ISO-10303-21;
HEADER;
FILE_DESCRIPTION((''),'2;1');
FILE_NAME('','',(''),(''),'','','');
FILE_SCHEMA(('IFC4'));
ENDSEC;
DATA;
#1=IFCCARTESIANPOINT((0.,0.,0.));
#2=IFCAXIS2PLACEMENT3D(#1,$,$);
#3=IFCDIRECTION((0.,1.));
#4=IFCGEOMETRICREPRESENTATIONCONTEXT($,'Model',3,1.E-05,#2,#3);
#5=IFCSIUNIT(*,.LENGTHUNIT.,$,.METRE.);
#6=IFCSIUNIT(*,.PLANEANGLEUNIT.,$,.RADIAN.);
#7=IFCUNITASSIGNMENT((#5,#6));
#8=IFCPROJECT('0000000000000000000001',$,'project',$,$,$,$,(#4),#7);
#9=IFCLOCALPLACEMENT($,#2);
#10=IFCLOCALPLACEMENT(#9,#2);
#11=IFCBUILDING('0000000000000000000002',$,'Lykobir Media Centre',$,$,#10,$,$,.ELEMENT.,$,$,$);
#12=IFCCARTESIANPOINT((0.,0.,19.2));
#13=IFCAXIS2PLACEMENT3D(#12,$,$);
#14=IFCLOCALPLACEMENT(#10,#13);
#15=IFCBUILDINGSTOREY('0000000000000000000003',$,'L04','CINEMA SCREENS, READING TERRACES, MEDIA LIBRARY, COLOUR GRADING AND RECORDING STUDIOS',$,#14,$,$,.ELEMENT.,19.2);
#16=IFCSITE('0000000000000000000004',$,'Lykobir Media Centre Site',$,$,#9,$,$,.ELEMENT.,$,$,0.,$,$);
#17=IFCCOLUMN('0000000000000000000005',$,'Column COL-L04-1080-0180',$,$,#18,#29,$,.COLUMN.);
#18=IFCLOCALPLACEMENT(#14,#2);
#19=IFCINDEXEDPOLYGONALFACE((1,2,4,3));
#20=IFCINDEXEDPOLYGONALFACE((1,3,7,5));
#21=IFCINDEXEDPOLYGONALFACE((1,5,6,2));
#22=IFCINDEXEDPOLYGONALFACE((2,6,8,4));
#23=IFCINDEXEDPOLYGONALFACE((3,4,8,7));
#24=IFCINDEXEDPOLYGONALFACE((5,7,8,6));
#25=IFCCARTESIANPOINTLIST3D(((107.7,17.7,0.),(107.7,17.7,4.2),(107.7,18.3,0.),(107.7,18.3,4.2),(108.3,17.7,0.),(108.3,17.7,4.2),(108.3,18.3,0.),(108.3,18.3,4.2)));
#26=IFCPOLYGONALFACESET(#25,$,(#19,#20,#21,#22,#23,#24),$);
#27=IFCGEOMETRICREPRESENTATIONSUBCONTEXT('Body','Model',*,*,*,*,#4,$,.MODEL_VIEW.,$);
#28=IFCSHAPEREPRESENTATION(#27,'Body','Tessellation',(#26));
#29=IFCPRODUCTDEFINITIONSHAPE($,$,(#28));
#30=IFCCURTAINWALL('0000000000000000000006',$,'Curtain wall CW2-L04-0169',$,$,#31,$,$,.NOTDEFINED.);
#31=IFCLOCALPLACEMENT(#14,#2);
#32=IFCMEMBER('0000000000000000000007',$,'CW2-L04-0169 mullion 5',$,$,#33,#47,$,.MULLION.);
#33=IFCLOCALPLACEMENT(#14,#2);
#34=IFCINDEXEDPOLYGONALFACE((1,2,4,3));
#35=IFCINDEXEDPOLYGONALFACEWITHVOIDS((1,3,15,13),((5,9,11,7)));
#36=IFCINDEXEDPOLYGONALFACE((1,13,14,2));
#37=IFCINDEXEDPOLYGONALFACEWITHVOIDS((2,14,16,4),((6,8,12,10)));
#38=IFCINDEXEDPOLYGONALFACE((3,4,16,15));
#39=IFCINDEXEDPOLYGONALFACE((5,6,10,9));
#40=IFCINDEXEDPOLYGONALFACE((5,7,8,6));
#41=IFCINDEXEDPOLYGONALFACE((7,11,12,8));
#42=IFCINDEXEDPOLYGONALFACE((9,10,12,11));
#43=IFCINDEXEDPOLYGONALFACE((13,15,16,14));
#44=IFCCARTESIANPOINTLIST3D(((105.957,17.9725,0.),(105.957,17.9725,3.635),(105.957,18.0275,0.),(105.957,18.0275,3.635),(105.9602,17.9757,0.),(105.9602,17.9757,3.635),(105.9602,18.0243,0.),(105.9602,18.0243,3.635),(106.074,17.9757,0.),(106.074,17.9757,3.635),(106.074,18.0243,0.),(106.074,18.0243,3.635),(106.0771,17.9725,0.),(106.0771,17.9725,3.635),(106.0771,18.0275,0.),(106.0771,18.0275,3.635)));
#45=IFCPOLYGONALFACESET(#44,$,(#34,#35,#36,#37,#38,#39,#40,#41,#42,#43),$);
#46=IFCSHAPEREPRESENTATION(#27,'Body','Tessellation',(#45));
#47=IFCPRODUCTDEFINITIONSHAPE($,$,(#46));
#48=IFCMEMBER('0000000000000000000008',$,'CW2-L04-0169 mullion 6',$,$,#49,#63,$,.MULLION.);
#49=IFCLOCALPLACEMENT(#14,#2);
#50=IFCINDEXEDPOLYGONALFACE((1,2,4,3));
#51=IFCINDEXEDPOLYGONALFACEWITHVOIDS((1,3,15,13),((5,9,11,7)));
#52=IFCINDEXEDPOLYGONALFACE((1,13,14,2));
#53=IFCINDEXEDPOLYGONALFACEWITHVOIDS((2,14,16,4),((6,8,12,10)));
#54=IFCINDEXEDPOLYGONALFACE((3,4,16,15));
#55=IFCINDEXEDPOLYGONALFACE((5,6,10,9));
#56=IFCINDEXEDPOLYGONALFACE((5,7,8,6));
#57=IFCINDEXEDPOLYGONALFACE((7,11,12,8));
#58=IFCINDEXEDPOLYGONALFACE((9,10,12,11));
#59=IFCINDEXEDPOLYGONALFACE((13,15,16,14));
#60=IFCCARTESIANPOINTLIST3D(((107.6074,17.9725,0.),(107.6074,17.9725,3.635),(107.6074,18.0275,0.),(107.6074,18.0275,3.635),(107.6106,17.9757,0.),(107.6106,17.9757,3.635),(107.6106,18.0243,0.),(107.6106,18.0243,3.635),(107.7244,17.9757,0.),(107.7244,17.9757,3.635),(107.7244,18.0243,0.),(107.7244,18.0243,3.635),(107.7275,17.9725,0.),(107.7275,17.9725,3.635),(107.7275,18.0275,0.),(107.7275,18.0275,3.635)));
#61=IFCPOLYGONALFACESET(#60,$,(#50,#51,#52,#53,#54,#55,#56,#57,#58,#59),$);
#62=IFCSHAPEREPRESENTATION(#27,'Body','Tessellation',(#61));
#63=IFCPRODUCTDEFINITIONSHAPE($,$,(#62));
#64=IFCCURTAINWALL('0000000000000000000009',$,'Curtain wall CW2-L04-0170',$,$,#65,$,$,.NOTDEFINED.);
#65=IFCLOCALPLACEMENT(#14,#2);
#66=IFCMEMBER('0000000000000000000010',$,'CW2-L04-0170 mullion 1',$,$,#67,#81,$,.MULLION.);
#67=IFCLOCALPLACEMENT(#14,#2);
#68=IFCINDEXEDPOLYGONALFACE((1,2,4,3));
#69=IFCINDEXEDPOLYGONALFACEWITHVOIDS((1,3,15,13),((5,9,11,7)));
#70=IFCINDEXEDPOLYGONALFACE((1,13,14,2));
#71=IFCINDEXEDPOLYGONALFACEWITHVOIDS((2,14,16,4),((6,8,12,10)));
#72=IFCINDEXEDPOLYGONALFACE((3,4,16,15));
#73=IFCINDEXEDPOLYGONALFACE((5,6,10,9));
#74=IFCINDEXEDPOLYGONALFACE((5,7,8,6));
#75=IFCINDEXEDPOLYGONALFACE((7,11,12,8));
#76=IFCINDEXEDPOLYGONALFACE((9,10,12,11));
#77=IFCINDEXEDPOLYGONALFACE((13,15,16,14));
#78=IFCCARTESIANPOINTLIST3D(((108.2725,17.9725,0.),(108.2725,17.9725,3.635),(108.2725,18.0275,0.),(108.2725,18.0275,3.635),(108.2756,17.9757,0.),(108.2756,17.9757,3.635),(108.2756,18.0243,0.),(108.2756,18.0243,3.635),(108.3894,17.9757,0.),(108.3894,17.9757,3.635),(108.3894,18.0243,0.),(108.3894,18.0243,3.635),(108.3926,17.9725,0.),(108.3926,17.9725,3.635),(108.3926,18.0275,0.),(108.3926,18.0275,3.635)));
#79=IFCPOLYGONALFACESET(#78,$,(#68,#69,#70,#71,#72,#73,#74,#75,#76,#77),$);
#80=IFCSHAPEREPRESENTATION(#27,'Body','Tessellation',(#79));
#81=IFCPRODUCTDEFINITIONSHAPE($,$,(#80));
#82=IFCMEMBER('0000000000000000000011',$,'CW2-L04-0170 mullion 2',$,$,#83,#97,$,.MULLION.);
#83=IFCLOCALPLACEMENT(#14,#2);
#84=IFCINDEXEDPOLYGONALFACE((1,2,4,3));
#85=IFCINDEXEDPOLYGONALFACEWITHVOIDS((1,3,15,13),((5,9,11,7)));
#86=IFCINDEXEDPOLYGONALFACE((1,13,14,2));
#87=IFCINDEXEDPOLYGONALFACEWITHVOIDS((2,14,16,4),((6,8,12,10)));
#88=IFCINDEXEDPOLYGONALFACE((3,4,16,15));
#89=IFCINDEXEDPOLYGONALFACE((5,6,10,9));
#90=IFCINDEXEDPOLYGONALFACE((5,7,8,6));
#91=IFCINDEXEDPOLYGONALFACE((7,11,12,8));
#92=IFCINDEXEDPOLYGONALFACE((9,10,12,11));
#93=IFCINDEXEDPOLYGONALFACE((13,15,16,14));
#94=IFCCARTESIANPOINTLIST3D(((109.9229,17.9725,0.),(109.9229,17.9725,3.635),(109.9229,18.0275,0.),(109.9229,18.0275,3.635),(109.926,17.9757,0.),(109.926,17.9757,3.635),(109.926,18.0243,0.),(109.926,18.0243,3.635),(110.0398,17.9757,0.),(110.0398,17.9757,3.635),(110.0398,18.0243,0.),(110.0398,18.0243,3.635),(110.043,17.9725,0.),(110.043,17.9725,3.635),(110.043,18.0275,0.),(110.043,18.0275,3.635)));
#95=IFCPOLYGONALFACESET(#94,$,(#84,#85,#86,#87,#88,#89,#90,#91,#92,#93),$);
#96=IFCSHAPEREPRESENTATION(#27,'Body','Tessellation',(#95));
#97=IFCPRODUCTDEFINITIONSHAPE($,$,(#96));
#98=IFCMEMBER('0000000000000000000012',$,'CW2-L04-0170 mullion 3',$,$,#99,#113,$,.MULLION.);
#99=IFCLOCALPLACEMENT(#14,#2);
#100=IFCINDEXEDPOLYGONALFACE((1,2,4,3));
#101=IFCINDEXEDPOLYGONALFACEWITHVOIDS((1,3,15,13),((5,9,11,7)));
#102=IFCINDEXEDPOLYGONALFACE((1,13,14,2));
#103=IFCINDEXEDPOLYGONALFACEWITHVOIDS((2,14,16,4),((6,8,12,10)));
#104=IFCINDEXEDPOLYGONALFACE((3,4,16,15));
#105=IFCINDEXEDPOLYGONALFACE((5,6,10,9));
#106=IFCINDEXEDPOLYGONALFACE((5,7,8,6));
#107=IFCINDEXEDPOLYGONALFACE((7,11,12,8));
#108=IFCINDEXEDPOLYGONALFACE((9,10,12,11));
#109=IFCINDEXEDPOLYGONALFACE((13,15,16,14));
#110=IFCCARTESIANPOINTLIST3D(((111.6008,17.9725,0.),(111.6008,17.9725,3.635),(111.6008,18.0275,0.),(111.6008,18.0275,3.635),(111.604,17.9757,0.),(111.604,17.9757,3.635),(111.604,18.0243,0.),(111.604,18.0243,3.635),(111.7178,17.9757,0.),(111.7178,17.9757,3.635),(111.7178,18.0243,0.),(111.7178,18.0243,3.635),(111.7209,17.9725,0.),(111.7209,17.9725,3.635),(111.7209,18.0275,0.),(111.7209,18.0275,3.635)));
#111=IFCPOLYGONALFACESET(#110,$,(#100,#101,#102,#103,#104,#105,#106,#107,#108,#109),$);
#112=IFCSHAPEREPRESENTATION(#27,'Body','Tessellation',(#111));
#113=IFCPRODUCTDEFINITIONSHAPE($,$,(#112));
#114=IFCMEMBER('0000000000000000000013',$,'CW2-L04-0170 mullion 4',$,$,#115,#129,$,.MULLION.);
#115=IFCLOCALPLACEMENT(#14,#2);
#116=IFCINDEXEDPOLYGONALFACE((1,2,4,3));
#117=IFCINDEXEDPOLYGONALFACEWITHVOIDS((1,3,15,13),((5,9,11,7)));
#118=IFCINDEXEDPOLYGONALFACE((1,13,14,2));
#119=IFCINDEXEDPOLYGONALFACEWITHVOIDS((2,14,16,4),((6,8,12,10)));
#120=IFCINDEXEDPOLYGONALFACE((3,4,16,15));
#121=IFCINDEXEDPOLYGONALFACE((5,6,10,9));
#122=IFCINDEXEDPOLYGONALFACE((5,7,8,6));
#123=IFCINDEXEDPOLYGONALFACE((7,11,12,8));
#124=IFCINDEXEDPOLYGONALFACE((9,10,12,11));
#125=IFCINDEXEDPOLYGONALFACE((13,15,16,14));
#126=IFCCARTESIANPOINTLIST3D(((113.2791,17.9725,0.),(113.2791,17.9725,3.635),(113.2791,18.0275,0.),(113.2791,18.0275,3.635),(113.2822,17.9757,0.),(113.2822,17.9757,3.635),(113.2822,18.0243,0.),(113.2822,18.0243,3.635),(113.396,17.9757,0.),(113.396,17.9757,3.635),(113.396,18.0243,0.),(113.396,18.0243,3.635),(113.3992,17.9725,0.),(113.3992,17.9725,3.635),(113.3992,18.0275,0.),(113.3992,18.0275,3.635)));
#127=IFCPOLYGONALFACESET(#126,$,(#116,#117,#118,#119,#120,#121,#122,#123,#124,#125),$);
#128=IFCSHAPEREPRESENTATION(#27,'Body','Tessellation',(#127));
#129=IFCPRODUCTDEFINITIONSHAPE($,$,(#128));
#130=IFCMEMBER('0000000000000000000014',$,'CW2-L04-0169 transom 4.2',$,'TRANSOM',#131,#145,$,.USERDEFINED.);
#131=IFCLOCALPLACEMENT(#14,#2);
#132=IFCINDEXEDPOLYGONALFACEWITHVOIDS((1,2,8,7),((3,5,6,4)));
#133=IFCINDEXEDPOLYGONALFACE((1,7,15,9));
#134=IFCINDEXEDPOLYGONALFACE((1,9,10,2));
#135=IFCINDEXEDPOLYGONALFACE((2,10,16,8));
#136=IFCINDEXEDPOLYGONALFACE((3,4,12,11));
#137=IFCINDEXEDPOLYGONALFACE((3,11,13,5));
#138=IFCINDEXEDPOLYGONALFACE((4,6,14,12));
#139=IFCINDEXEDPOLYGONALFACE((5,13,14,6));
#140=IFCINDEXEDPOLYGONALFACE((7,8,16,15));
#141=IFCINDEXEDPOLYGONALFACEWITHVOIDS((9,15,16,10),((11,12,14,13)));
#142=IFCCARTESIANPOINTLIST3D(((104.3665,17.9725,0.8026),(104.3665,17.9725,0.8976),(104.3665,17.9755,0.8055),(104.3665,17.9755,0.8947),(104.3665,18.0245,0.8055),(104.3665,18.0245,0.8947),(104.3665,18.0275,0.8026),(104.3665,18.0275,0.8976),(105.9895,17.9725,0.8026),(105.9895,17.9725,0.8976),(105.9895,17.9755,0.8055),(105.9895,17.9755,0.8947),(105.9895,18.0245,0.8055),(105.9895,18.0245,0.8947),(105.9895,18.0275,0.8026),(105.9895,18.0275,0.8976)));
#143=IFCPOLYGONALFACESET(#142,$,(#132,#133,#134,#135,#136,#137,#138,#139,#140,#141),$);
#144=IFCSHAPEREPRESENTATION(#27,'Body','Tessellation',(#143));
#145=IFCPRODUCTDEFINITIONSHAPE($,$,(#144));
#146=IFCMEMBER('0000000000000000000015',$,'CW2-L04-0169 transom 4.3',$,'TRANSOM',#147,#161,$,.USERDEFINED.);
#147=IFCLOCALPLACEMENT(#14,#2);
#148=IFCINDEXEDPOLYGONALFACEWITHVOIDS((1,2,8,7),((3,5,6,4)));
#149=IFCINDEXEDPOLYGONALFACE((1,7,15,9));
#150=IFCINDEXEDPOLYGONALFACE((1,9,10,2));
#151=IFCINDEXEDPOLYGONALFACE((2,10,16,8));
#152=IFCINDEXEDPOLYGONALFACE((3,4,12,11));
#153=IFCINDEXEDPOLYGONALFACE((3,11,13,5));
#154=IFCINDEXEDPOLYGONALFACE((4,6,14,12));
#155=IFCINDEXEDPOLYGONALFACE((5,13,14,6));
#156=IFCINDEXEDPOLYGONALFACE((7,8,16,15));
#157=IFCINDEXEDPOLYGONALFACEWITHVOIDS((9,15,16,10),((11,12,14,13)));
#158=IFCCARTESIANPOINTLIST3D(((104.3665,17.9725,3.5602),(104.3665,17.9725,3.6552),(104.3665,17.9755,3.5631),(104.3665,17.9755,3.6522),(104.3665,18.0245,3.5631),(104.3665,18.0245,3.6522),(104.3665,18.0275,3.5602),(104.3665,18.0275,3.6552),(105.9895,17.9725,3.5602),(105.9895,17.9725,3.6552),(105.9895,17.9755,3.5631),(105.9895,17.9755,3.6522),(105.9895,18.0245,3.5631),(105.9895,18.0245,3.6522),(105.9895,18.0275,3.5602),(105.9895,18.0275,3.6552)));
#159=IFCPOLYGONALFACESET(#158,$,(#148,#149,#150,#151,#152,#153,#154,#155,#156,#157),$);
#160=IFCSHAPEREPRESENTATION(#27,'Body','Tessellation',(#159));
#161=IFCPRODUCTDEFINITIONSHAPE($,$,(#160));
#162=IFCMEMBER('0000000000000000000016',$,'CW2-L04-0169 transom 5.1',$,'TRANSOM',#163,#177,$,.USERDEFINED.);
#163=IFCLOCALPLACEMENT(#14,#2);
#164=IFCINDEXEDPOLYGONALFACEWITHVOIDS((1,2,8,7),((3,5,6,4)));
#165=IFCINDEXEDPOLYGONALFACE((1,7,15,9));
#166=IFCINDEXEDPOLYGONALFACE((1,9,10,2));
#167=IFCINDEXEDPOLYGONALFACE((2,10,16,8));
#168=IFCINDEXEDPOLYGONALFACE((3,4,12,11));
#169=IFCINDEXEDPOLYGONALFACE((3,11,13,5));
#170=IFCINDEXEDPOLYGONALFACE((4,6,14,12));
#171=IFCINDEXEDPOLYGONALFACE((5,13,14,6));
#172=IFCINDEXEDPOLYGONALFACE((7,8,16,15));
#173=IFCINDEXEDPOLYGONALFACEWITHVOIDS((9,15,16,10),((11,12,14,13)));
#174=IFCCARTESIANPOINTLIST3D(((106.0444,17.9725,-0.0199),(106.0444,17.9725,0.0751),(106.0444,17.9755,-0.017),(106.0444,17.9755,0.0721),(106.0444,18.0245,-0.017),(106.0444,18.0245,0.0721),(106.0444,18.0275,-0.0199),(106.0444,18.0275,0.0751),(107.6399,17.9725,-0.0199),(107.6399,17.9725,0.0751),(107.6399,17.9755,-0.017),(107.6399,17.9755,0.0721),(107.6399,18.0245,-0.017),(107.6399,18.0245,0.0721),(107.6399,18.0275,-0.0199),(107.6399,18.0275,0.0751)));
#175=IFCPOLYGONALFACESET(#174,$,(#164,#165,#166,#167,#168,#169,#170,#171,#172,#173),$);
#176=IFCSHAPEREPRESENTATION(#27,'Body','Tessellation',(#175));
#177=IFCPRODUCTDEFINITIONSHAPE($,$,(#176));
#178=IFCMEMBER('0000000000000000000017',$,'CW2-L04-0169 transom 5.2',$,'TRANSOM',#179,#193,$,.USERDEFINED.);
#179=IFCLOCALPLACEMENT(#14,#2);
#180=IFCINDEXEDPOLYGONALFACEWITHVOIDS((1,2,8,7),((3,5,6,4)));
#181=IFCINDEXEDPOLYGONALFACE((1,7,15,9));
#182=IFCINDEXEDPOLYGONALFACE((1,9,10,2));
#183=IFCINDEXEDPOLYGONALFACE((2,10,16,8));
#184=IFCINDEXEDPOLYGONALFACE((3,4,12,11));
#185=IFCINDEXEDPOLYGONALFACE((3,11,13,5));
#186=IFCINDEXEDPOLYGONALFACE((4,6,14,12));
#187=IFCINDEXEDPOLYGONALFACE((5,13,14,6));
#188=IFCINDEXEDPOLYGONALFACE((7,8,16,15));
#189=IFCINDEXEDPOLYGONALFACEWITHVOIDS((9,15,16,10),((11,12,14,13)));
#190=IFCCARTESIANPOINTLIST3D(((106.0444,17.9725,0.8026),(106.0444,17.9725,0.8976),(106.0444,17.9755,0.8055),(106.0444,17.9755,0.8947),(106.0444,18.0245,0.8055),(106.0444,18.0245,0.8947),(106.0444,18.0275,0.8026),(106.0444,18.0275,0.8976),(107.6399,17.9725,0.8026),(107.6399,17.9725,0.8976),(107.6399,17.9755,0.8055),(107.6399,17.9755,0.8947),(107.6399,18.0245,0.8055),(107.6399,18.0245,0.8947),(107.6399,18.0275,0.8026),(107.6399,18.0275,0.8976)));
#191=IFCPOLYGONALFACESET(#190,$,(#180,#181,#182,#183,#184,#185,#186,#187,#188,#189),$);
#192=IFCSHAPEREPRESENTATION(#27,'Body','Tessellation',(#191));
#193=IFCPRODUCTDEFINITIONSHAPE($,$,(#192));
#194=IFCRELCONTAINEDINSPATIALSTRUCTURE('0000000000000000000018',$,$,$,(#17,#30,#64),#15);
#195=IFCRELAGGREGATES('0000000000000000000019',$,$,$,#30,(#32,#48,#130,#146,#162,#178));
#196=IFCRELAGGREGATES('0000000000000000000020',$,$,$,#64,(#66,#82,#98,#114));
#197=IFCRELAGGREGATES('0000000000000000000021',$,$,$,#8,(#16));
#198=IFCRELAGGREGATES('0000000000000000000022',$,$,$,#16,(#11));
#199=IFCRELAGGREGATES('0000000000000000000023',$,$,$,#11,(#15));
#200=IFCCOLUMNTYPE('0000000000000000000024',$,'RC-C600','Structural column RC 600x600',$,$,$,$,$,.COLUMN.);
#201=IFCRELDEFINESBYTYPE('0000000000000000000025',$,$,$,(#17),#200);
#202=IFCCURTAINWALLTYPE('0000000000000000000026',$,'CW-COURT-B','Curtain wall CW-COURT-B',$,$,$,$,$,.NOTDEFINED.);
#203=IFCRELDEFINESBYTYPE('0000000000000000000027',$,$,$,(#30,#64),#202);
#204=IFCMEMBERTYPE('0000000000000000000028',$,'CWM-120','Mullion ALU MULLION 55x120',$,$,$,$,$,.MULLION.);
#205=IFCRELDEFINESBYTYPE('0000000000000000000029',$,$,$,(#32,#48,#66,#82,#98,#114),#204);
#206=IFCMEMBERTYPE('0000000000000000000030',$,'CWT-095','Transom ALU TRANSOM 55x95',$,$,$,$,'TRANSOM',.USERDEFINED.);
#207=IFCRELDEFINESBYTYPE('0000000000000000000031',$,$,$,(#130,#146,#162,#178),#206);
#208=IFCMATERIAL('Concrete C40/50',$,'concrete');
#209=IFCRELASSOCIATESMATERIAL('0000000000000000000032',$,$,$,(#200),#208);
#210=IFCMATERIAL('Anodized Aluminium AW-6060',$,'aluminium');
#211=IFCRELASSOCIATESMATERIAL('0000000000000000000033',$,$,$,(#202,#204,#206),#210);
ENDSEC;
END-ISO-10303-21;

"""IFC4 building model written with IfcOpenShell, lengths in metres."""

from ifc_helpers import new_model, si_unit, direction, frame, origin, origin_2d, place, context, subcontext, project, spatial, rectangle, hollow_rectangle, extrude, material, material_profile, profile_set, type_object, element, aggregate, save


model = new_model("IFC4")

# Units and contexts
model_context = context("Model", 3, precision=1e-05, world=origin(), true_north=direction((0.0, 1.0)))
body_context = subcontext(model_context, "Body", "Model", "MODEL_VIEW")
ifc_project = project(units=[si_unit("LENGTHUNIT", "METRE"), si_unit("PLANEANGLEUNIT", "RADIAN")], contexts=[model_context])

# Site, building, storey
site_placement = place(None, origin())
site = spatial("IfcSite", under=ifc_project, at=site_placement, Name="Lykobir Media Centre Site", CompositionType="ELEMENT", RefElevation=0.0)
building_placement = place(site_placement, origin())
building = spatial("IfcBuilding", under=site, at=building_placement, Name="Lykobir Media Centre", CompositionType="ELEMENT")
storey_placement = place(building_placement, frame((0.0, 0.0, 19.2)))
storey = spatial("IfcBuildingStorey", under=building, at=storey_placement, Name="L04", Description="CINEMA SCREENS, READING TERRACES, MEDIA LIBRARY, COLOUR GRADING AND RECORDING STUDIOS", CompositionType="ELEMENT", Elevation=19.2)

# Column
ifc_material_1 = material(Name="Concrete C40/50", Category="concrete")
ifc_material_profile_1 = material_profile(ifc_material_1, rectangle(XDim=0.6001, YDim=0.6001, at=origin_2d()), Name="RC 600x600")
ifc_profile_set_1 = profile_set([ifc_material_profile_1], Name="Concrete C40/50")
column_type = type_object("IfcColumnType", Name="RC-C600", Description="Structural column RC 600x600", PredefinedType="COLUMN", material=ifc_profile_set_1)
column_placement = place(storey_placement, frame((108.0, 18.0, 0.0), z_axis=(0.0, 0.0, 1.0), x_axis=(1.0, 0.0, 0.0)))
element("IfcColumn", 1, at=column_placement, inside=storey, type_object=column_type, Name="Column COL-L04-1080-0180", PredefinedType="COLUMN", context=body_context, shape_type="SweptSolid", body=[
    extrude(rectangle(XDim=0.6001, YDim=0.6001, at=origin_2d()), origin(), (0.0, 0.0, 1.0), 4.2),
])

# Curtain walls, members
ifc_material_2 = material(Name="Anodized Aluminium AW-6060", Category="aluminium")
curtain_wall_type = type_object("IfcCurtainWallType", Name="CW-COURT-B", Description="Curtain wall CW-COURT-B", PredefinedType="NOTDEFINED", material=ifc_material_2)
curtain_wall_1_placement = place(storey_placement, origin())
curtain_wall_1 = element("IfcCurtainWall", 2, at=curtain_wall_1_placement, inside=storey, type_object=curtain_wall_type, Name="Curtain wall CW2-L04-0169", PredefinedType="NOTDEFINED")
ifc_material_profile_2 = material_profile(ifc_material_2, hollow_rectangle(XDim=0.0549, YDim=0.1201, WallThickness=0.0032, at=origin_2d()), Name="ALU MULLION 55x120")
ifc_profile_set_2 = profile_set([ifc_material_profile_2], Name="Anodized Aluminium AW-6060")
member_type_1 = type_object("IfcMemberType", Name="CWM-120", Description="Mullion ALU MULLION 55x120", PredefinedType="MULLION", material=ifc_profile_set_2)
member_1_placement = place(storey_placement, frame((106.0171, 18.0, 0.0), z_axis=(0.0, 0.0, 1.0), x_axis=(0.0, 1.0, 0.0)))
member_1 = element("IfcMember", 3, at=member_1_placement, type_object=member_type_1, Name="CW2-L04-0169 mullion 5", PredefinedType="MULLION", context=body_context, shape_type="SweptSolid", body=[
    extrude(hollow_rectangle(XDim=0.0549, YDim=0.1201, WallThickness=0.0032, at=origin_2d()), origin(), (0.0, 0.0, 1.0), 3.635),
])
member_2_placement = place(storey_placement, frame((107.6675, 18.0, 0.0), z_axis=(0.0, 0.0, 1.0), x_axis=(0.0, 1.0, 0.0)))
member_2 = element("IfcMember", 4, at=member_2_placement, type_object=member_type_1, Name="CW2-L04-0169 mullion 6", PredefinedType="MULLION", context=body_context, shape_type="SweptSolid", body=[
    extrude(hollow_rectangle(XDim=0.0549, YDim=0.1201, WallThickness=0.0032, at=origin_2d()), origin(), (0.0, 0.0, 1.0), 3.635),
])
curtain_wall_2_placement = place(storey_placement, origin())
curtain_wall_2 = element("IfcCurtainWall", 5, at=curtain_wall_2_placement, inside=storey, type_object=curtain_wall_type, Name="Curtain wall CW2-L04-0170", PredefinedType="NOTDEFINED")
member_3_placement = place(storey_placement, frame((108.3325, 18.0, 0.0), z_axis=(0.0, 0.0, 1.0), x_axis=(0.0, 1.0, 0.0)))
member_3 = element("IfcMember", 6, at=member_3_placement, type_object=member_type_1, Name="CW2-L04-0170 mullion 1", PredefinedType="MULLION", context=body_context, shape_type="SweptSolid", body=[
    extrude(hollow_rectangle(XDim=0.0549, YDim=0.1201, WallThickness=0.0032, at=origin_2d()), origin(), (0.0, 0.0, 1.0), 3.635),
])
member_4_placement = place(storey_placement, frame((109.9829, 18.0, 0.0), z_axis=(0.0, 0.0, 1.0), x_axis=(0.0, 1.0, 0.0)))
member_4 = element("IfcMember", 7, at=member_4_placement, type_object=member_type_1, Name="CW2-L04-0170 mullion 2", PredefinedType="MULLION", context=body_context, shape_type="SweptSolid", body=[
    extrude(hollow_rectangle(XDim=0.0549, YDim=0.1201, WallThickness=0.0032, at=origin_2d()), origin(), (0.0, 0.0, 1.0), 3.635),
])
member_5_placement = place(storey_placement, frame((111.6609, 18.0, 0.0), z_axis=(0.0, 0.0, 1.0), x_axis=(0.0, 1.0, 0.0)))
member_5 = element("IfcMember", 8, at=member_5_placement, type_object=member_type_1, Name="CW2-L04-0170 mullion 3", PredefinedType="MULLION", context=body_context, shape_type="SweptSolid", body=[
    extrude(hollow_rectangle(XDim=0.0549, YDim=0.1201, WallThickness=0.0032, at=origin_2d()), origin(), (0.0, 0.0, 1.0), 3.635),
])
member_6_placement = place(storey_placement, frame((113.3391, 18.0, 0.0), z_axis=(0.0, 0.0, 1.0), x_axis=(0.0, 1.0, 0.0)))
member_6 = element("IfcMember", 9, at=member_6_placement, type_object=member_type_1, Name="CW2-L04-0170 mullion 4", PredefinedType="MULLION", context=body_context, shape_type="SweptSolid", body=[
    extrude(hollow_rectangle(XDim=0.0549, YDim=0.1201, WallThickness=0.0032, at=origin_2d()), origin(), (0.0, 0.0, 1.0), 3.635),
])

# Members
ifc_material_profile_3 = material_profile(ifc_material_2, hollow_rectangle(XDim=0.0549, YDim=0.095, WallThickness=0.0029, at=origin_2d()), Name="ALU TRANSOM 55x95")
ifc_profile_set_3 = profile_set([ifc_material_profile_3], Name="Anodized Aluminium AW-6060")
member_type_2 = type_object("IfcMemberType", Name="CWT-095", Description="Transom ALU TRANSOM 55x95", ElementType="TRANSOM", PredefinedType="USERDEFINED", material=ifc_profile_set_3)
member_7_placement = place(storey_placement, frame((104.3665, 18.0, 0.8501), z_axis=(1.0, 0.0, 0.0), x_axis=(0.0, 1.0, 0.0)))
member_7 = element("IfcMember", 10, at=member_7_placement, type_object=member_type_2, Name="CW2-L04-0169 transom 4.2", ObjectType="TRANSOM", PredefinedType="USERDEFINED", context=body_context, shape_type="SweptSolid", body=[
    extrude(hollow_rectangle(XDim=0.0549, YDim=0.095, WallThickness=0.0029, at=origin_2d()), origin(), (0.0, 0.0, 1.0), 1.623),
])
member_8_placement = place(storey_placement, frame((104.3665, 18.0, 3.6077), z_axis=(1.0, 0.0, 0.0), x_axis=(0.0, 1.0, 0.0)))
member_8 = element("IfcMember", 11, at=member_8_placement, type_object=member_type_2, Name="CW2-L04-0169 transom 4.3", ObjectType="TRANSOM", PredefinedType="USERDEFINED", context=body_context, shape_type="SweptSolid", body=[
    extrude(hollow_rectangle(XDim=0.0549, YDim=0.095, WallThickness=0.0029, at=origin_2d()), origin(), (0.0, 0.0, 1.0), 1.623),
])
member_9_placement = place(storey_placement, frame((106.0444, 18.0, 0.0276), z_axis=(1.0, 0.0, 0.0), x_axis=(0.0, 1.0, 0.0)))
member_9 = element("IfcMember", 12, at=member_9_placement, type_object=member_type_2, Name="CW2-L04-0169 transom 5.1", ObjectType="TRANSOM", PredefinedType="USERDEFINED", context=body_context, shape_type="SweptSolid", body=[
    extrude(hollow_rectangle(XDim=0.0549, YDim=0.095, WallThickness=0.0029, at=origin_2d()), origin(), (0.0, 0.0, 1.0), 1.5955),
])
member_10_placement = place(storey_placement, frame((106.0444, 18.0, 0.8501), z_axis=(1.0, 0.0, 0.0), x_axis=(0.0, 1.0, 0.0)))
member_10 = element("IfcMember", 13, at=member_10_placement, type_object=member_type_2, Name="CW2-L04-0169 transom 5.2", ObjectType="TRANSOM", PredefinedType="USERDEFINED", context=body_context, shape_type="SweptSolid", body=[
    extrude(hollow_rectangle(XDim=0.0549, YDim=0.095, WallThickness=0.0029, at=origin_2d()), origin(), (0.0, 0.0, 1.0), 1.5955),
])

aggregate(curtain_wall_1, [member_1, member_2, member_7, member_8, member_9, member_10])
aggregate(curtain_wall_2, [member_3, member_4, member_5, member_6])

save(model, "model.ifc")
